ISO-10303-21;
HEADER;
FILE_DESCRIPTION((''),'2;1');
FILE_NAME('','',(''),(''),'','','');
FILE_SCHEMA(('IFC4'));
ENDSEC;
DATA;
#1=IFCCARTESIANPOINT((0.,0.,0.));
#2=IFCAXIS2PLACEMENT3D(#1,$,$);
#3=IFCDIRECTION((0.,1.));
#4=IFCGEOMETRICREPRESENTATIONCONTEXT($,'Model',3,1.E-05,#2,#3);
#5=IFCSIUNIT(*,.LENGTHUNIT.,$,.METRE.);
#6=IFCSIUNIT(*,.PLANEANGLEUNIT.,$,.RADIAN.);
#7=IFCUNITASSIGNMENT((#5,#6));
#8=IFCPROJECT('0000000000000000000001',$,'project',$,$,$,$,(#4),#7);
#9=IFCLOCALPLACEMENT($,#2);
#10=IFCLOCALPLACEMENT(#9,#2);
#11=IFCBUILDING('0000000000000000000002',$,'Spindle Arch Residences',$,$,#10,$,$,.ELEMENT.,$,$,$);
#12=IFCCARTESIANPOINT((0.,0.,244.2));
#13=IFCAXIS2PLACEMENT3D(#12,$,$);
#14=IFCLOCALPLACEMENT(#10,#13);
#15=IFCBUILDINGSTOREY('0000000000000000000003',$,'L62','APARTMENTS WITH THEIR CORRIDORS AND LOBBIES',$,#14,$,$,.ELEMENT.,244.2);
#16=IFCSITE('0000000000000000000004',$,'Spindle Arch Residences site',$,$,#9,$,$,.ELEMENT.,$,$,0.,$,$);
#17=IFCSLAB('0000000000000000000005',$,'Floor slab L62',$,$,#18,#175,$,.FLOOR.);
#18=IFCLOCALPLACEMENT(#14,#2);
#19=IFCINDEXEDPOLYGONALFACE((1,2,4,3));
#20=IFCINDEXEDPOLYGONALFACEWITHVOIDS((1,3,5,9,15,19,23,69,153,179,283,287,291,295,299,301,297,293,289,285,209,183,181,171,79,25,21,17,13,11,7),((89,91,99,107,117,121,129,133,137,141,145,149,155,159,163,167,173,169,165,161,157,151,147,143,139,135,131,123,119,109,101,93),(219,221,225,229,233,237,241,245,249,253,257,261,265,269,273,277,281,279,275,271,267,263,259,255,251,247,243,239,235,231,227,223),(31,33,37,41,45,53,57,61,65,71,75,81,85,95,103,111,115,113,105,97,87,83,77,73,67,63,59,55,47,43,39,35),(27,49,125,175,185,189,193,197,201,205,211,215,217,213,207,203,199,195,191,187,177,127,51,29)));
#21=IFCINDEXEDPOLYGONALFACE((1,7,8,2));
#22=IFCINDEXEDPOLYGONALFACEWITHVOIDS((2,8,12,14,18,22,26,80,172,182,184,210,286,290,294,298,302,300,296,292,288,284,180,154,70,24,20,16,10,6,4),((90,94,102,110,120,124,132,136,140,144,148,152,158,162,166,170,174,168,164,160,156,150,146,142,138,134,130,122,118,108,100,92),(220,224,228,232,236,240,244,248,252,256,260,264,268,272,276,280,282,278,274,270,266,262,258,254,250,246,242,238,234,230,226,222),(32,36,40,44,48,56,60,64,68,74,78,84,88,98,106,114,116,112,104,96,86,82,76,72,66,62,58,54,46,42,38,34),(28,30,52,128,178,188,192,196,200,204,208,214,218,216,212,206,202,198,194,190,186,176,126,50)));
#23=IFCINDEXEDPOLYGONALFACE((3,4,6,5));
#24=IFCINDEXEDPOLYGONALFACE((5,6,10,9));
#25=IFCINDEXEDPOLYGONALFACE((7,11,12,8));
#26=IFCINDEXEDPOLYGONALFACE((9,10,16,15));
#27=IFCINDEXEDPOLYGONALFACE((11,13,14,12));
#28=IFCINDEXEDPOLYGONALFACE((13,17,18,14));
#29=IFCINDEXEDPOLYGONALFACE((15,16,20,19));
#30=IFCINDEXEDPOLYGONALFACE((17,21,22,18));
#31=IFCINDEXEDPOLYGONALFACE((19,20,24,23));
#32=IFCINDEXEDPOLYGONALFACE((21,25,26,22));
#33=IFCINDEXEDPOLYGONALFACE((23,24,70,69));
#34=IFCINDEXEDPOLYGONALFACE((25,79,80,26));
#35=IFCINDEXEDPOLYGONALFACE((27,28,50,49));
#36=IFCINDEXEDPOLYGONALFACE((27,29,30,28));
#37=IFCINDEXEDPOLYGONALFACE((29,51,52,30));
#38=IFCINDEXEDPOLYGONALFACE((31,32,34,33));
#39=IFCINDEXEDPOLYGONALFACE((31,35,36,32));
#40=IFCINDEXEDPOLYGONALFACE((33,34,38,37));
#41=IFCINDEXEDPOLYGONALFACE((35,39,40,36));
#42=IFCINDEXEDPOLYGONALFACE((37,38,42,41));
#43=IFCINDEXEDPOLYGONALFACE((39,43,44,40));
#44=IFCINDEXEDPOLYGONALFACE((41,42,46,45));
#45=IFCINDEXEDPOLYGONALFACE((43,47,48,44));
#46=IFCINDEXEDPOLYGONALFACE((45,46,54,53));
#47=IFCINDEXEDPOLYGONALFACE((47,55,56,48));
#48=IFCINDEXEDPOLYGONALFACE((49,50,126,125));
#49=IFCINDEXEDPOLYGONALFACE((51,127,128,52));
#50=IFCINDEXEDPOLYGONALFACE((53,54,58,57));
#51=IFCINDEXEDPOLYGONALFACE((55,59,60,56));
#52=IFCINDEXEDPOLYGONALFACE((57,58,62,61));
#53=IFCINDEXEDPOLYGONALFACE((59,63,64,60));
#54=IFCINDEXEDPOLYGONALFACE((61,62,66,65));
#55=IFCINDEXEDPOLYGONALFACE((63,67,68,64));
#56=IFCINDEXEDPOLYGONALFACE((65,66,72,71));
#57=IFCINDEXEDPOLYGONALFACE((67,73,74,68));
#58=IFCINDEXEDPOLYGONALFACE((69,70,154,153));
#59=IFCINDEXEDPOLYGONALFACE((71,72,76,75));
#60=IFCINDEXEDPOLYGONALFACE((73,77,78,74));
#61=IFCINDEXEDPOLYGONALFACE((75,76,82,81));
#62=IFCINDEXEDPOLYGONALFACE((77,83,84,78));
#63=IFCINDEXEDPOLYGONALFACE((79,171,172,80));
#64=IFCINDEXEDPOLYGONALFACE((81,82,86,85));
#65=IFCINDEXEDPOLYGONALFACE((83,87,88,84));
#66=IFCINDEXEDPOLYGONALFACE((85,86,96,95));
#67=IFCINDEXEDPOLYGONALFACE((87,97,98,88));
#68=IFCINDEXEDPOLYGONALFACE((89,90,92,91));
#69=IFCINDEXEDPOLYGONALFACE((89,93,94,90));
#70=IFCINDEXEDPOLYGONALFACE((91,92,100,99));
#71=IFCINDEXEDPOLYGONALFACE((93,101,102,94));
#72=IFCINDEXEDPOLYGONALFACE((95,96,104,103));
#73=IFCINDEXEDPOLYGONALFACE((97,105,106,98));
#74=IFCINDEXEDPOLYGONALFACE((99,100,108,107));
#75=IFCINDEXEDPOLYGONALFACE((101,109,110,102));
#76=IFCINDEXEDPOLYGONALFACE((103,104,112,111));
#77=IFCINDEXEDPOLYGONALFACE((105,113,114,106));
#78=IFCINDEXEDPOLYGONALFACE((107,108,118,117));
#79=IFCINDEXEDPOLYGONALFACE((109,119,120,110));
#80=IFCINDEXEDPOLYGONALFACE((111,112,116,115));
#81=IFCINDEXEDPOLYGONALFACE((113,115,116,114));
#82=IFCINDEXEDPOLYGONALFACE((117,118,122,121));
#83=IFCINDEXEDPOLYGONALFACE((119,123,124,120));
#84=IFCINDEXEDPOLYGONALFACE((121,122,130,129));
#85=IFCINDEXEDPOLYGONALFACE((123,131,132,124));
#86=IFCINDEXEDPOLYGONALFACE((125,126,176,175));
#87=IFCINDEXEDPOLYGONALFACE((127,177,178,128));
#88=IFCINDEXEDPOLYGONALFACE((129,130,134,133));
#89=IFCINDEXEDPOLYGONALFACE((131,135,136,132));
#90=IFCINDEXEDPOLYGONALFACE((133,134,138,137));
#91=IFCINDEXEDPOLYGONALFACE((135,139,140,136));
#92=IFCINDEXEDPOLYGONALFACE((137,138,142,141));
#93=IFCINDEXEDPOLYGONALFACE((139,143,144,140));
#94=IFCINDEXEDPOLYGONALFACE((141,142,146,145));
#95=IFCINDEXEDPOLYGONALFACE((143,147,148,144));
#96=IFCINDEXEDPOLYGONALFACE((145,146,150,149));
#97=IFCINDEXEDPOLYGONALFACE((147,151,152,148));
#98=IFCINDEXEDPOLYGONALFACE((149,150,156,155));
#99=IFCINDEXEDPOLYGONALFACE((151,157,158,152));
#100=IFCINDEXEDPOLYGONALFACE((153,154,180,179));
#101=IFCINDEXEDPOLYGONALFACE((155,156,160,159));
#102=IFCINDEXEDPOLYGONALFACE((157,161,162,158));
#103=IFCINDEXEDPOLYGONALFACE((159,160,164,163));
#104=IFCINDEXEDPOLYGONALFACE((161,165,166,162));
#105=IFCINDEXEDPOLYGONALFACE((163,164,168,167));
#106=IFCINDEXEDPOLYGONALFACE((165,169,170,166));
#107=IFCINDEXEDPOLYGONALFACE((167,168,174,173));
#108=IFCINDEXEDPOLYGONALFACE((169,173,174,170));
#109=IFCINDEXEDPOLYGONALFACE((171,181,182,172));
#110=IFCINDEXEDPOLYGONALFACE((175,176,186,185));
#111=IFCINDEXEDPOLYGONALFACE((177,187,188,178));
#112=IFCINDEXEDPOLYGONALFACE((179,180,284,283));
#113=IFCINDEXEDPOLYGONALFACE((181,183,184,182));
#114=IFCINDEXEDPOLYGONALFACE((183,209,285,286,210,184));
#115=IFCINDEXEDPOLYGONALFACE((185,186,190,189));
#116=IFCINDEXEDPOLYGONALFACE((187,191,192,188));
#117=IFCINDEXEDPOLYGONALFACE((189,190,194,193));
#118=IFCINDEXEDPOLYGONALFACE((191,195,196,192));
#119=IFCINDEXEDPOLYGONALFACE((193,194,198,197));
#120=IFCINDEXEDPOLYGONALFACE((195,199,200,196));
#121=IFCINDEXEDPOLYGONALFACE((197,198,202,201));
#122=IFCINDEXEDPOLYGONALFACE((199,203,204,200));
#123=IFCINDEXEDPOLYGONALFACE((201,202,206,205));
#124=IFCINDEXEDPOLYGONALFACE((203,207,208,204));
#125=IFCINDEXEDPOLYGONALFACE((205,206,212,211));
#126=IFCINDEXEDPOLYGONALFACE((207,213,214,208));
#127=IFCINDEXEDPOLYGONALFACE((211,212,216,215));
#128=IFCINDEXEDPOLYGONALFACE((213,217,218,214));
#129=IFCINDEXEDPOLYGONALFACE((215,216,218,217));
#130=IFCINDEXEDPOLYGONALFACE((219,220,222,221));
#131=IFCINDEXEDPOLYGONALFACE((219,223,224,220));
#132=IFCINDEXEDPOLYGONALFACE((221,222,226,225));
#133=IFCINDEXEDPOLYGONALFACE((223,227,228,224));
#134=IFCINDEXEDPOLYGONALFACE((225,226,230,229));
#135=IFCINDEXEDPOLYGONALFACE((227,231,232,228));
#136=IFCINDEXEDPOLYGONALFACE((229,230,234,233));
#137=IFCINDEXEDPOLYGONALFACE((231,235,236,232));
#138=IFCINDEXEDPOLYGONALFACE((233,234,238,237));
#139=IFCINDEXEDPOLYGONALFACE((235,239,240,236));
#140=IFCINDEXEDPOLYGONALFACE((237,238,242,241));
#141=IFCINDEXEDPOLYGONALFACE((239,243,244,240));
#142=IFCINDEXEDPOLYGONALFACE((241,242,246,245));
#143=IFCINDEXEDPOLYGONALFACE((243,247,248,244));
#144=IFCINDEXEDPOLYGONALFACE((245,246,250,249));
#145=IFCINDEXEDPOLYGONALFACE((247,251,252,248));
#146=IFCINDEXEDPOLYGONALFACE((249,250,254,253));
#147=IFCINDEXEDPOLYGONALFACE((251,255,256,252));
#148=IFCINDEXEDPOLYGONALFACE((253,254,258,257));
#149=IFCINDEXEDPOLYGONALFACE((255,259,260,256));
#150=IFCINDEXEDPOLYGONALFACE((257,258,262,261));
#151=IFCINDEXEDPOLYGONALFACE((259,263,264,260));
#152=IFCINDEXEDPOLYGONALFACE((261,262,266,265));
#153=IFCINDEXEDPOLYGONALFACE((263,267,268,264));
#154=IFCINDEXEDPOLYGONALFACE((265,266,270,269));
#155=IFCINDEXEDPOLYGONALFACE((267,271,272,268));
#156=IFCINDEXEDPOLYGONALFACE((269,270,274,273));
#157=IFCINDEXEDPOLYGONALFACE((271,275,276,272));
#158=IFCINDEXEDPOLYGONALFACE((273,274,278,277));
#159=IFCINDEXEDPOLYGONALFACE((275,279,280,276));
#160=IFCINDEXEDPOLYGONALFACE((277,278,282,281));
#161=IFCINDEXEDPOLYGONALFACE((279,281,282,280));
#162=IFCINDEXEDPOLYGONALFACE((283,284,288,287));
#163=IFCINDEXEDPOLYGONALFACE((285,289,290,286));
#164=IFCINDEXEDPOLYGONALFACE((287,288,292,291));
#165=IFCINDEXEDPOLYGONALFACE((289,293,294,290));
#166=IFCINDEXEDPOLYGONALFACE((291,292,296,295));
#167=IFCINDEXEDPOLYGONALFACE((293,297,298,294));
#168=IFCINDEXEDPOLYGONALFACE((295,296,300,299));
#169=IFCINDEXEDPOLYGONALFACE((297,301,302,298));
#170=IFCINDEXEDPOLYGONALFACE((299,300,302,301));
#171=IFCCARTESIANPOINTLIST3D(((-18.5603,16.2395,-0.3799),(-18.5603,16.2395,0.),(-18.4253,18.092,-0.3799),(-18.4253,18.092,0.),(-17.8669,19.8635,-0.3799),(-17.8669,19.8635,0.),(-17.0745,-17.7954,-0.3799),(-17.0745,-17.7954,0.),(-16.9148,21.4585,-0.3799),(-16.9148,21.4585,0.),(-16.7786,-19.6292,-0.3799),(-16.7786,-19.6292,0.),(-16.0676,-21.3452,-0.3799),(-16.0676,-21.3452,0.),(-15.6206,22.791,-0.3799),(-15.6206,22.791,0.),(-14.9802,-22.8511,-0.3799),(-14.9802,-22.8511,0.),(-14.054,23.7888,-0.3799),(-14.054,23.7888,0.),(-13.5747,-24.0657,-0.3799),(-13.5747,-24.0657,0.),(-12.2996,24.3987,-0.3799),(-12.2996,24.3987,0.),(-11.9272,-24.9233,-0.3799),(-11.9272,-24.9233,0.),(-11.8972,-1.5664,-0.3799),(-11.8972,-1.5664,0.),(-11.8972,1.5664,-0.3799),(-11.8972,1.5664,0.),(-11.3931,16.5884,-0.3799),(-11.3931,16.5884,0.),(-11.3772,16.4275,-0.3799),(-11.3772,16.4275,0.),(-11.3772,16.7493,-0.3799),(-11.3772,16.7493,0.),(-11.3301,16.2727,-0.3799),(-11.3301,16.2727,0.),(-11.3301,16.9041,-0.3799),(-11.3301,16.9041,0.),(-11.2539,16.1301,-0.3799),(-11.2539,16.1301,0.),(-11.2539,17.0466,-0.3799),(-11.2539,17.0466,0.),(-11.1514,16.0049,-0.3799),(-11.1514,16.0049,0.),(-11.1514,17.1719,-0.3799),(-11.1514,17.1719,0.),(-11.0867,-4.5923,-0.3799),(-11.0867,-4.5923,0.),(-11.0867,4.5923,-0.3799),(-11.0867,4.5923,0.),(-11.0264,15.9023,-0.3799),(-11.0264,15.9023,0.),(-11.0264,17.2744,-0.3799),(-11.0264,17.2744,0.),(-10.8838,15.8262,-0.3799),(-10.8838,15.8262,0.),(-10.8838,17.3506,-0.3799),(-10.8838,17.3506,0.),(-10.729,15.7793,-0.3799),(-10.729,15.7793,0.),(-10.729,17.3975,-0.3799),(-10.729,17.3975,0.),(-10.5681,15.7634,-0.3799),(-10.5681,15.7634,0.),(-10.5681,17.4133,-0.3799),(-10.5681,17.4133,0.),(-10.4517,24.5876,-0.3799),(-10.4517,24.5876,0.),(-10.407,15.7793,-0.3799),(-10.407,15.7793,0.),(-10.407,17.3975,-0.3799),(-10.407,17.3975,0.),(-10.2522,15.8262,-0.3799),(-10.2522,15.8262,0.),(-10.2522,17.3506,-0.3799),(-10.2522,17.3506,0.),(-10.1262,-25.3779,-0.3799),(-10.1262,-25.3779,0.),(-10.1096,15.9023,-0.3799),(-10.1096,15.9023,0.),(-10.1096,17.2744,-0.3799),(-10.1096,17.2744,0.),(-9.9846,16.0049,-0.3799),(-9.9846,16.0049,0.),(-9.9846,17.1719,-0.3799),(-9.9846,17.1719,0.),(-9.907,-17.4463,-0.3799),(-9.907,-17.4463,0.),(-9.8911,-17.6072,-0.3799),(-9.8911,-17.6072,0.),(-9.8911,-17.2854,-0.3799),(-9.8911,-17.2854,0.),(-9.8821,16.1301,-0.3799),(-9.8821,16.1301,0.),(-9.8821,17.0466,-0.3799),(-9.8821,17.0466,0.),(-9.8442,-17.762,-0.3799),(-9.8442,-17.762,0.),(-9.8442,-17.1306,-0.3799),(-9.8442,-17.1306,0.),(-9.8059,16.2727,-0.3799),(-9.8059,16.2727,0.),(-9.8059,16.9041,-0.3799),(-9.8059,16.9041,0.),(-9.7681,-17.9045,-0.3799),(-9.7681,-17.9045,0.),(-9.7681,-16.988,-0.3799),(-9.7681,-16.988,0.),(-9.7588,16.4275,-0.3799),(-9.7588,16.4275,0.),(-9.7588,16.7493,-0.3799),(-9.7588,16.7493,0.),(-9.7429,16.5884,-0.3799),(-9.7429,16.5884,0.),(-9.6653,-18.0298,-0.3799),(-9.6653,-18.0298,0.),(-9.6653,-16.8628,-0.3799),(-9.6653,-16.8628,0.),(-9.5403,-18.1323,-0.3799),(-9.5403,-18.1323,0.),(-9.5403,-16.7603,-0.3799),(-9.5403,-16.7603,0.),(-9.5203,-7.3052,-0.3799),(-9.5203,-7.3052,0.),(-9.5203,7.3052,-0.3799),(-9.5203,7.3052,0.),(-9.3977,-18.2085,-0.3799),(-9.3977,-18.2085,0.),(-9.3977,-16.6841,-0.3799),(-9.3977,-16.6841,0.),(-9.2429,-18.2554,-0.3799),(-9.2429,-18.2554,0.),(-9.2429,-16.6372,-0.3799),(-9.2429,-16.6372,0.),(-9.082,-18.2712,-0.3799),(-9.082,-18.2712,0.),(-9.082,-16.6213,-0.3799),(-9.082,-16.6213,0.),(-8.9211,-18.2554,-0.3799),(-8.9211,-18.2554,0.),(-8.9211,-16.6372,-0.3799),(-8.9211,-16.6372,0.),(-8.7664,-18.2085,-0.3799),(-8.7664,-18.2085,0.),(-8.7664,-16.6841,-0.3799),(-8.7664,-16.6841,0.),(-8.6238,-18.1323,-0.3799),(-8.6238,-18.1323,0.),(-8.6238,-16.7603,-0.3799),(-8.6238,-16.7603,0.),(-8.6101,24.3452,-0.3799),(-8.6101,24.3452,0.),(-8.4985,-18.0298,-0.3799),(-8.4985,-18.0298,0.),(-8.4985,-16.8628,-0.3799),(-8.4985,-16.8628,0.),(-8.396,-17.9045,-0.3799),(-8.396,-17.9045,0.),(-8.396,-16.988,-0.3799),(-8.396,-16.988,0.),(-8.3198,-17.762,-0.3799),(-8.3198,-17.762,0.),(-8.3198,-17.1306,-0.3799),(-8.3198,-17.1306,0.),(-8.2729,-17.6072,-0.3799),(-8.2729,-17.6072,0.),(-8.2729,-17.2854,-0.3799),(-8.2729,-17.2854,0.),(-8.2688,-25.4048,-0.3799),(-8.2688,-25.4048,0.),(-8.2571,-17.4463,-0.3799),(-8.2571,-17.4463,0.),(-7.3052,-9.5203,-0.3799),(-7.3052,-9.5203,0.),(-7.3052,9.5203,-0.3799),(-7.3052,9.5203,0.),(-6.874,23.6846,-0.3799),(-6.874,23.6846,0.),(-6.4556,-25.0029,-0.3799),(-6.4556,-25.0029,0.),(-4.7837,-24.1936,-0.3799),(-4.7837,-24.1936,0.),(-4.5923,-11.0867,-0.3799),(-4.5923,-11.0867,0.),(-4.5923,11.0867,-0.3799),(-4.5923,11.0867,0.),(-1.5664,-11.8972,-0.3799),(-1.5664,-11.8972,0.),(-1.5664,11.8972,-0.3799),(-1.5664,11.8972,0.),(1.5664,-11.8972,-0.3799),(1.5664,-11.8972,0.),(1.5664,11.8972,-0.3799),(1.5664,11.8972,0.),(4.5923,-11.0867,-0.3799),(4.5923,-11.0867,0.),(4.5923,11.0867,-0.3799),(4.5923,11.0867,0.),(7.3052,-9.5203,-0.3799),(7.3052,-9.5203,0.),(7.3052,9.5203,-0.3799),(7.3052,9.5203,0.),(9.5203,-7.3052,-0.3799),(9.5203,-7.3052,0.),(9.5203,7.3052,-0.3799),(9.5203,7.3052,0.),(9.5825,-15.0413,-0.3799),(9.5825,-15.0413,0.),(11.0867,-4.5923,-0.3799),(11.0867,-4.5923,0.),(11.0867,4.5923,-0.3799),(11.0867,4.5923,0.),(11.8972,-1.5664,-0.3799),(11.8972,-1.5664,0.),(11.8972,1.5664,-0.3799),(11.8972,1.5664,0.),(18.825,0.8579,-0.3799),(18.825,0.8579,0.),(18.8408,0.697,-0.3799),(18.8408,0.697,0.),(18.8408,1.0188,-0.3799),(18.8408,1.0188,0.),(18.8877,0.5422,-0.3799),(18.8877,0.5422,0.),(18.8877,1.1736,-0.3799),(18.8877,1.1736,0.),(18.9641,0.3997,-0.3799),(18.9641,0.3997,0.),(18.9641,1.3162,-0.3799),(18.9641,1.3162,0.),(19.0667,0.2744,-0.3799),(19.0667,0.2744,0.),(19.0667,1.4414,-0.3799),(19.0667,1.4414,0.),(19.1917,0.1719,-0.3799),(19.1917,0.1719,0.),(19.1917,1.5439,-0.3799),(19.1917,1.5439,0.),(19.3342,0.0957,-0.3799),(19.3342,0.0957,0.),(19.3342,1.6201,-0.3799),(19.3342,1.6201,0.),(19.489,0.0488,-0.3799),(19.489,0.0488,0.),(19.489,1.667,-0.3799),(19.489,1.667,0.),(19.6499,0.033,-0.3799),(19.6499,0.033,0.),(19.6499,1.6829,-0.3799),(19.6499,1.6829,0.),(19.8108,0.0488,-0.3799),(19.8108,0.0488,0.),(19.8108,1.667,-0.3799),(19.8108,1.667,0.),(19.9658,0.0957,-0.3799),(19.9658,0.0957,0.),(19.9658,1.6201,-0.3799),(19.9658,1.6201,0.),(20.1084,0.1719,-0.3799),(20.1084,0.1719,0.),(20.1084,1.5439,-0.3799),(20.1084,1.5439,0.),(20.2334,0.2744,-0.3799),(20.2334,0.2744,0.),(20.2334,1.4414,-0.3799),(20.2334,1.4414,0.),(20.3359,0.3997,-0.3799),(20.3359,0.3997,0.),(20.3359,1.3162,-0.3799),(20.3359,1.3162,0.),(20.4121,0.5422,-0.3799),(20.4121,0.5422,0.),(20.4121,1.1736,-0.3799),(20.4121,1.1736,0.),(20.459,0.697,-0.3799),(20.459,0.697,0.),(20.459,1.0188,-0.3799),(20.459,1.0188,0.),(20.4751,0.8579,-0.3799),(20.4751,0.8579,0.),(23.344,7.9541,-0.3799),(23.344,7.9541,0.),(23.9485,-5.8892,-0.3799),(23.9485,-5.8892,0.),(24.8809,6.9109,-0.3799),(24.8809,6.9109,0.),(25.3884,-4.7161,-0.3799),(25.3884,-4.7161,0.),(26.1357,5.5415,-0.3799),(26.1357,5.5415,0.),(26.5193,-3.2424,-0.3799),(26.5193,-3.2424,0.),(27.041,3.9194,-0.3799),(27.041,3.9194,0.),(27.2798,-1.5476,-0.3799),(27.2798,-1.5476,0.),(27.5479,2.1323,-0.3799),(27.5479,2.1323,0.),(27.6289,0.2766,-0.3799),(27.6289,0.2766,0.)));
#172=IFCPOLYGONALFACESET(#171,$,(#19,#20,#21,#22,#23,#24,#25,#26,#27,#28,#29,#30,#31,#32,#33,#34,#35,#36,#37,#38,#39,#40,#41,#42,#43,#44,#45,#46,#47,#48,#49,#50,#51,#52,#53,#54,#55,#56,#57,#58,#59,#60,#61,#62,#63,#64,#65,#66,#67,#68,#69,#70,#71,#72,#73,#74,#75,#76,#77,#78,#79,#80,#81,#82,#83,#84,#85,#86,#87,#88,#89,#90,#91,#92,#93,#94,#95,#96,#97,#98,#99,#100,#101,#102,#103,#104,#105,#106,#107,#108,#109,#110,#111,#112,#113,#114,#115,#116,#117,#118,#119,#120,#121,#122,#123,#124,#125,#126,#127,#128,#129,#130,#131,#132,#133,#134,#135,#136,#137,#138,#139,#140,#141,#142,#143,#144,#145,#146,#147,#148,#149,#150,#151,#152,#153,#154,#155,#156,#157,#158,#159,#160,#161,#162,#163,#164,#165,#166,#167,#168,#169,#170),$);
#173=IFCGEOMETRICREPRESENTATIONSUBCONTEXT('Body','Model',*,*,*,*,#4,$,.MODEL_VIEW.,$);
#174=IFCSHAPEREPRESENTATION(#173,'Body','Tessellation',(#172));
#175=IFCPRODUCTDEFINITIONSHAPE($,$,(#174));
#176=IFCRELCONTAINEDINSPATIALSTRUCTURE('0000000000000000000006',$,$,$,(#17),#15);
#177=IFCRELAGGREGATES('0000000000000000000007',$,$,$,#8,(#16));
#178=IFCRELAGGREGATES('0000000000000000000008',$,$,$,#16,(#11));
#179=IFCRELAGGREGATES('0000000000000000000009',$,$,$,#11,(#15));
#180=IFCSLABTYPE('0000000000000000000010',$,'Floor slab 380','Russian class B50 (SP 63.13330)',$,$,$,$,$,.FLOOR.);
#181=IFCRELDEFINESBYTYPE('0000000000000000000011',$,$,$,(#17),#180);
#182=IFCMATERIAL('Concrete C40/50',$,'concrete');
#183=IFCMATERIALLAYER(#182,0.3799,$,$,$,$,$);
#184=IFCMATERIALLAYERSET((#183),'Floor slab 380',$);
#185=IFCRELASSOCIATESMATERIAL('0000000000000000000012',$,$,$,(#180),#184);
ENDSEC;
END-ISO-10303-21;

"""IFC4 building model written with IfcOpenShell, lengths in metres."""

from ifc_helpers import new_model, si_unit, direction, frame, origin, place, context, subcontext, project, spatial, polyline, outline, extrude, material, layer, layer_set, type_object, element, save


model = new_model("IFC4")

# Units and contexts
model_context = context("Model", 3, precision=1e-05, world=origin(), true_north=direction((0.0, 1.0)))
body_context = subcontext(model_context, "Body", "Model", "MODEL_VIEW")
ifc_project = project(units=[si_unit("LENGTHUNIT", "METRE"), si_unit("PLANEANGLEUNIT", "RADIAN")], contexts=[model_context])

# Site, building, storey
site_placement = place(None, origin())
site = spatial("IfcSite", under=ifc_project, at=site_placement, Name="Spindle Arch Residences site", CompositionType="ELEMENT", RefElevation=0.0)
building_placement = place(site_placement, origin())
building = spatial("IfcBuilding", under=site, at=building_placement, Name="Spindle Arch Residences", CompositionType="ELEMENT")
storey_placement = place(building_placement, frame((0.0, 0.0, 244.2)))
storey = spatial("IfcBuildingStorey", under=building, at=storey_placement, Name="L62", Description="APARTMENTS WITH THEIR CORRIDORS AND LOBBIES", CompositionType="ELEMENT", Elevation=244.2)

# Slab
ifc_material_1 = material(Name="Concrete C40/50", Category="concrete")
ifc_layer_1 = layer(ifc_material_1, 0.3799)
ifc_layer_set_1 = layer_set([ifc_layer_1], Name="Floor slab 380")
slab_type_1 = type_object("IfcSlabType", Name="Floor slab 380", Description="Russian class B50 (SP 63.13330)", PredefinedType="FLOOR", material=ifc_layer_set_1)
slab_1_placement = place(storey_placement, frame((0.0, 0.0, -0.3799)))
element("IfcSlab", 1, at=slab_1_placement, inside=storey, type_object=slab_type_1, Name="Floor slab L62", PredefinedType="FLOOR", context=body_context, shape_type="SweptSolid", body=[
    extrude(outline(polyline([(-6.4556, -25.0029), (-8.2688, -25.4048), (-10.1262, -25.3779), (-11.9272, -24.9233), (-13.5747, -24.0657), (-14.9802, -22.8511), (-16.0676, -21.3452), (-16.7786, -19.6292), (-17.0745, -17.7954), (-18.5603, 16.2395), (-18.4253, 18.092), (-17.8669, 19.8635), (-16.9148, 21.4585), (-15.6206, 22.791), (-14.054, 23.7888), (-12.2996, 24.3987), (-10.4517, 24.5876), (-8.6101, 24.3452), (-6.874, 23.6846), (23.344, 7.9541), (24.8809, 6.9109), (26.1357, 5.5415), (27.041, 3.9194), (27.5479, 2.1323), (27.6289, 0.2766), (27.2798, -1.5476), (26.5193, -3.2424), (25.3884, -4.7161), (23.9485, -5.8892), (9.5825, -15.0413), (-4.7837, -24.1936), (-6.4556, -25.0029)]), holes=[polyline([(7.3052, -9.5203), (9.5203, -7.3052), (11.0867, -4.5923), (11.8972, -1.5664), (11.8972, 1.5664), (11.0867, 4.5923), (9.5203, 7.3052), (7.3052, 9.5203), (4.5923, 11.0867), (1.5664, 11.8972), (-1.5664, 11.8972), (-4.5923, 11.0867), (-7.3052, 9.5203), (-9.5203, 7.3052), (-11.0867, 4.5923), (-11.8972, 1.5664), (-11.8972, -1.5664), (-11.0867, -4.5923), (-9.5203, -7.3052), (-7.3052, -9.5203), (-4.5923, -11.0867), (-1.5664, -11.8972), (1.5664, -11.8972), (4.5923, -11.0867), (7.3052, -9.5203)]), polyline([(-8.396, -17.9045), (-8.3198, -17.762), (-8.2729, -17.6072), (-8.2571, -17.4463), (-8.2729, -17.2854), (-8.3198, -17.1306), (-8.396, -16.988), (-8.4985, -16.8628), (-8.6238, -16.7603), (-8.7664, -16.6841), (-8.9211, -16.6372), (-9.082, -16.6213), (-9.2429, -16.6372), (-9.3977, -16.6841), (-9.5403, -16.7603), (-9.6653, -16.8628), (-9.7681, -16.988), (-9.8442, -17.1306), (-9.8911, -17.2854), (-9.907, -17.4463), (-9.8911, -17.6072), (-9.8442, -17.762), (-9.7681, -17.9045), (-9.6653, -18.0298), (-9.5403, -18.1323), (-9.3977, -18.2085), (-9.2429, -18.2554), (-9.082, -18.2712), (-8.9211, -18.2554), (-8.7664, -18.2085), (-8.6238, -18.1323), (-8.4985, -18.0298), (-8.396, -17.9045)]), polyline([(-9.8821, 16.1301), (-9.8059, 16.2727), (-9.7588, 16.4275), (-9.7429, 16.5884), (-9.7588, 16.7493), (-9.8059, 16.9041), (-9.8821, 17.0466), (-9.9846, 17.1719), (-10.1096, 17.2744), (-10.2522, 17.3506), (-10.407, 17.3975), (-10.5681, 17.4133), (-10.729, 17.3975), (-10.8838, 17.3506), (-11.0264, 17.2744), (-11.1514, 17.1719), (-11.2539, 17.0466), (-11.3301, 16.9041), (-11.3772, 16.7493), (-11.3931, 16.5884), (-11.3772, 16.4275), (-11.3301, 16.2727), (-11.2539, 16.1301), (-11.1514, 16.0049), (-11.0264, 15.9023), (-10.8838, 15.8262), (-10.729, 15.7793), (-10.5681, 15.7634), (-10.407, 15.7793), (-10.2522, 15.8262), (-10.1096, 15.9023), (-9.9846, 16.0049), (-9.8821, 16.1301)]), polyline([(20.2334, 0.2744), (20.3359, 0.3997), (20.4121, 0.5422), (20.459, 0.697), (20.4751, 0.8579), (20.459, 1.0188), (20.4121, 1.1736), (20.3359, 1.3162), (20.2334, 1.4414), (20.1084, 1.5439), (19.9658, 1.6201), (19.8108, 1.667), (19.6499, 1.6829), (19.489, 1.667), (19.3342, 1.6201), (19.1917, 1.5439), (19.0667, 1.4414), (18.9641, 1.3162), (18.8877, 1.1736), (18.8408, 1.0188), (18.825, 0.8579), (18.8408, 0.697), (18.8877, 0.5422), (18.9641, 0.3997), (19.0667, 0.2744), (19.1917, 0.1719), (19.3342, 0.0957), (19.489, 0.0488), (19.6499, 0.033), (19.8108, 0.0488), (19.9658, 0.0957), (20.1084, 0.1719), (20.2334, 0.2744)])]), origin(), (0.0, 0.0, 1.0), 0.3799),
])

save(model, "model.ifc")
